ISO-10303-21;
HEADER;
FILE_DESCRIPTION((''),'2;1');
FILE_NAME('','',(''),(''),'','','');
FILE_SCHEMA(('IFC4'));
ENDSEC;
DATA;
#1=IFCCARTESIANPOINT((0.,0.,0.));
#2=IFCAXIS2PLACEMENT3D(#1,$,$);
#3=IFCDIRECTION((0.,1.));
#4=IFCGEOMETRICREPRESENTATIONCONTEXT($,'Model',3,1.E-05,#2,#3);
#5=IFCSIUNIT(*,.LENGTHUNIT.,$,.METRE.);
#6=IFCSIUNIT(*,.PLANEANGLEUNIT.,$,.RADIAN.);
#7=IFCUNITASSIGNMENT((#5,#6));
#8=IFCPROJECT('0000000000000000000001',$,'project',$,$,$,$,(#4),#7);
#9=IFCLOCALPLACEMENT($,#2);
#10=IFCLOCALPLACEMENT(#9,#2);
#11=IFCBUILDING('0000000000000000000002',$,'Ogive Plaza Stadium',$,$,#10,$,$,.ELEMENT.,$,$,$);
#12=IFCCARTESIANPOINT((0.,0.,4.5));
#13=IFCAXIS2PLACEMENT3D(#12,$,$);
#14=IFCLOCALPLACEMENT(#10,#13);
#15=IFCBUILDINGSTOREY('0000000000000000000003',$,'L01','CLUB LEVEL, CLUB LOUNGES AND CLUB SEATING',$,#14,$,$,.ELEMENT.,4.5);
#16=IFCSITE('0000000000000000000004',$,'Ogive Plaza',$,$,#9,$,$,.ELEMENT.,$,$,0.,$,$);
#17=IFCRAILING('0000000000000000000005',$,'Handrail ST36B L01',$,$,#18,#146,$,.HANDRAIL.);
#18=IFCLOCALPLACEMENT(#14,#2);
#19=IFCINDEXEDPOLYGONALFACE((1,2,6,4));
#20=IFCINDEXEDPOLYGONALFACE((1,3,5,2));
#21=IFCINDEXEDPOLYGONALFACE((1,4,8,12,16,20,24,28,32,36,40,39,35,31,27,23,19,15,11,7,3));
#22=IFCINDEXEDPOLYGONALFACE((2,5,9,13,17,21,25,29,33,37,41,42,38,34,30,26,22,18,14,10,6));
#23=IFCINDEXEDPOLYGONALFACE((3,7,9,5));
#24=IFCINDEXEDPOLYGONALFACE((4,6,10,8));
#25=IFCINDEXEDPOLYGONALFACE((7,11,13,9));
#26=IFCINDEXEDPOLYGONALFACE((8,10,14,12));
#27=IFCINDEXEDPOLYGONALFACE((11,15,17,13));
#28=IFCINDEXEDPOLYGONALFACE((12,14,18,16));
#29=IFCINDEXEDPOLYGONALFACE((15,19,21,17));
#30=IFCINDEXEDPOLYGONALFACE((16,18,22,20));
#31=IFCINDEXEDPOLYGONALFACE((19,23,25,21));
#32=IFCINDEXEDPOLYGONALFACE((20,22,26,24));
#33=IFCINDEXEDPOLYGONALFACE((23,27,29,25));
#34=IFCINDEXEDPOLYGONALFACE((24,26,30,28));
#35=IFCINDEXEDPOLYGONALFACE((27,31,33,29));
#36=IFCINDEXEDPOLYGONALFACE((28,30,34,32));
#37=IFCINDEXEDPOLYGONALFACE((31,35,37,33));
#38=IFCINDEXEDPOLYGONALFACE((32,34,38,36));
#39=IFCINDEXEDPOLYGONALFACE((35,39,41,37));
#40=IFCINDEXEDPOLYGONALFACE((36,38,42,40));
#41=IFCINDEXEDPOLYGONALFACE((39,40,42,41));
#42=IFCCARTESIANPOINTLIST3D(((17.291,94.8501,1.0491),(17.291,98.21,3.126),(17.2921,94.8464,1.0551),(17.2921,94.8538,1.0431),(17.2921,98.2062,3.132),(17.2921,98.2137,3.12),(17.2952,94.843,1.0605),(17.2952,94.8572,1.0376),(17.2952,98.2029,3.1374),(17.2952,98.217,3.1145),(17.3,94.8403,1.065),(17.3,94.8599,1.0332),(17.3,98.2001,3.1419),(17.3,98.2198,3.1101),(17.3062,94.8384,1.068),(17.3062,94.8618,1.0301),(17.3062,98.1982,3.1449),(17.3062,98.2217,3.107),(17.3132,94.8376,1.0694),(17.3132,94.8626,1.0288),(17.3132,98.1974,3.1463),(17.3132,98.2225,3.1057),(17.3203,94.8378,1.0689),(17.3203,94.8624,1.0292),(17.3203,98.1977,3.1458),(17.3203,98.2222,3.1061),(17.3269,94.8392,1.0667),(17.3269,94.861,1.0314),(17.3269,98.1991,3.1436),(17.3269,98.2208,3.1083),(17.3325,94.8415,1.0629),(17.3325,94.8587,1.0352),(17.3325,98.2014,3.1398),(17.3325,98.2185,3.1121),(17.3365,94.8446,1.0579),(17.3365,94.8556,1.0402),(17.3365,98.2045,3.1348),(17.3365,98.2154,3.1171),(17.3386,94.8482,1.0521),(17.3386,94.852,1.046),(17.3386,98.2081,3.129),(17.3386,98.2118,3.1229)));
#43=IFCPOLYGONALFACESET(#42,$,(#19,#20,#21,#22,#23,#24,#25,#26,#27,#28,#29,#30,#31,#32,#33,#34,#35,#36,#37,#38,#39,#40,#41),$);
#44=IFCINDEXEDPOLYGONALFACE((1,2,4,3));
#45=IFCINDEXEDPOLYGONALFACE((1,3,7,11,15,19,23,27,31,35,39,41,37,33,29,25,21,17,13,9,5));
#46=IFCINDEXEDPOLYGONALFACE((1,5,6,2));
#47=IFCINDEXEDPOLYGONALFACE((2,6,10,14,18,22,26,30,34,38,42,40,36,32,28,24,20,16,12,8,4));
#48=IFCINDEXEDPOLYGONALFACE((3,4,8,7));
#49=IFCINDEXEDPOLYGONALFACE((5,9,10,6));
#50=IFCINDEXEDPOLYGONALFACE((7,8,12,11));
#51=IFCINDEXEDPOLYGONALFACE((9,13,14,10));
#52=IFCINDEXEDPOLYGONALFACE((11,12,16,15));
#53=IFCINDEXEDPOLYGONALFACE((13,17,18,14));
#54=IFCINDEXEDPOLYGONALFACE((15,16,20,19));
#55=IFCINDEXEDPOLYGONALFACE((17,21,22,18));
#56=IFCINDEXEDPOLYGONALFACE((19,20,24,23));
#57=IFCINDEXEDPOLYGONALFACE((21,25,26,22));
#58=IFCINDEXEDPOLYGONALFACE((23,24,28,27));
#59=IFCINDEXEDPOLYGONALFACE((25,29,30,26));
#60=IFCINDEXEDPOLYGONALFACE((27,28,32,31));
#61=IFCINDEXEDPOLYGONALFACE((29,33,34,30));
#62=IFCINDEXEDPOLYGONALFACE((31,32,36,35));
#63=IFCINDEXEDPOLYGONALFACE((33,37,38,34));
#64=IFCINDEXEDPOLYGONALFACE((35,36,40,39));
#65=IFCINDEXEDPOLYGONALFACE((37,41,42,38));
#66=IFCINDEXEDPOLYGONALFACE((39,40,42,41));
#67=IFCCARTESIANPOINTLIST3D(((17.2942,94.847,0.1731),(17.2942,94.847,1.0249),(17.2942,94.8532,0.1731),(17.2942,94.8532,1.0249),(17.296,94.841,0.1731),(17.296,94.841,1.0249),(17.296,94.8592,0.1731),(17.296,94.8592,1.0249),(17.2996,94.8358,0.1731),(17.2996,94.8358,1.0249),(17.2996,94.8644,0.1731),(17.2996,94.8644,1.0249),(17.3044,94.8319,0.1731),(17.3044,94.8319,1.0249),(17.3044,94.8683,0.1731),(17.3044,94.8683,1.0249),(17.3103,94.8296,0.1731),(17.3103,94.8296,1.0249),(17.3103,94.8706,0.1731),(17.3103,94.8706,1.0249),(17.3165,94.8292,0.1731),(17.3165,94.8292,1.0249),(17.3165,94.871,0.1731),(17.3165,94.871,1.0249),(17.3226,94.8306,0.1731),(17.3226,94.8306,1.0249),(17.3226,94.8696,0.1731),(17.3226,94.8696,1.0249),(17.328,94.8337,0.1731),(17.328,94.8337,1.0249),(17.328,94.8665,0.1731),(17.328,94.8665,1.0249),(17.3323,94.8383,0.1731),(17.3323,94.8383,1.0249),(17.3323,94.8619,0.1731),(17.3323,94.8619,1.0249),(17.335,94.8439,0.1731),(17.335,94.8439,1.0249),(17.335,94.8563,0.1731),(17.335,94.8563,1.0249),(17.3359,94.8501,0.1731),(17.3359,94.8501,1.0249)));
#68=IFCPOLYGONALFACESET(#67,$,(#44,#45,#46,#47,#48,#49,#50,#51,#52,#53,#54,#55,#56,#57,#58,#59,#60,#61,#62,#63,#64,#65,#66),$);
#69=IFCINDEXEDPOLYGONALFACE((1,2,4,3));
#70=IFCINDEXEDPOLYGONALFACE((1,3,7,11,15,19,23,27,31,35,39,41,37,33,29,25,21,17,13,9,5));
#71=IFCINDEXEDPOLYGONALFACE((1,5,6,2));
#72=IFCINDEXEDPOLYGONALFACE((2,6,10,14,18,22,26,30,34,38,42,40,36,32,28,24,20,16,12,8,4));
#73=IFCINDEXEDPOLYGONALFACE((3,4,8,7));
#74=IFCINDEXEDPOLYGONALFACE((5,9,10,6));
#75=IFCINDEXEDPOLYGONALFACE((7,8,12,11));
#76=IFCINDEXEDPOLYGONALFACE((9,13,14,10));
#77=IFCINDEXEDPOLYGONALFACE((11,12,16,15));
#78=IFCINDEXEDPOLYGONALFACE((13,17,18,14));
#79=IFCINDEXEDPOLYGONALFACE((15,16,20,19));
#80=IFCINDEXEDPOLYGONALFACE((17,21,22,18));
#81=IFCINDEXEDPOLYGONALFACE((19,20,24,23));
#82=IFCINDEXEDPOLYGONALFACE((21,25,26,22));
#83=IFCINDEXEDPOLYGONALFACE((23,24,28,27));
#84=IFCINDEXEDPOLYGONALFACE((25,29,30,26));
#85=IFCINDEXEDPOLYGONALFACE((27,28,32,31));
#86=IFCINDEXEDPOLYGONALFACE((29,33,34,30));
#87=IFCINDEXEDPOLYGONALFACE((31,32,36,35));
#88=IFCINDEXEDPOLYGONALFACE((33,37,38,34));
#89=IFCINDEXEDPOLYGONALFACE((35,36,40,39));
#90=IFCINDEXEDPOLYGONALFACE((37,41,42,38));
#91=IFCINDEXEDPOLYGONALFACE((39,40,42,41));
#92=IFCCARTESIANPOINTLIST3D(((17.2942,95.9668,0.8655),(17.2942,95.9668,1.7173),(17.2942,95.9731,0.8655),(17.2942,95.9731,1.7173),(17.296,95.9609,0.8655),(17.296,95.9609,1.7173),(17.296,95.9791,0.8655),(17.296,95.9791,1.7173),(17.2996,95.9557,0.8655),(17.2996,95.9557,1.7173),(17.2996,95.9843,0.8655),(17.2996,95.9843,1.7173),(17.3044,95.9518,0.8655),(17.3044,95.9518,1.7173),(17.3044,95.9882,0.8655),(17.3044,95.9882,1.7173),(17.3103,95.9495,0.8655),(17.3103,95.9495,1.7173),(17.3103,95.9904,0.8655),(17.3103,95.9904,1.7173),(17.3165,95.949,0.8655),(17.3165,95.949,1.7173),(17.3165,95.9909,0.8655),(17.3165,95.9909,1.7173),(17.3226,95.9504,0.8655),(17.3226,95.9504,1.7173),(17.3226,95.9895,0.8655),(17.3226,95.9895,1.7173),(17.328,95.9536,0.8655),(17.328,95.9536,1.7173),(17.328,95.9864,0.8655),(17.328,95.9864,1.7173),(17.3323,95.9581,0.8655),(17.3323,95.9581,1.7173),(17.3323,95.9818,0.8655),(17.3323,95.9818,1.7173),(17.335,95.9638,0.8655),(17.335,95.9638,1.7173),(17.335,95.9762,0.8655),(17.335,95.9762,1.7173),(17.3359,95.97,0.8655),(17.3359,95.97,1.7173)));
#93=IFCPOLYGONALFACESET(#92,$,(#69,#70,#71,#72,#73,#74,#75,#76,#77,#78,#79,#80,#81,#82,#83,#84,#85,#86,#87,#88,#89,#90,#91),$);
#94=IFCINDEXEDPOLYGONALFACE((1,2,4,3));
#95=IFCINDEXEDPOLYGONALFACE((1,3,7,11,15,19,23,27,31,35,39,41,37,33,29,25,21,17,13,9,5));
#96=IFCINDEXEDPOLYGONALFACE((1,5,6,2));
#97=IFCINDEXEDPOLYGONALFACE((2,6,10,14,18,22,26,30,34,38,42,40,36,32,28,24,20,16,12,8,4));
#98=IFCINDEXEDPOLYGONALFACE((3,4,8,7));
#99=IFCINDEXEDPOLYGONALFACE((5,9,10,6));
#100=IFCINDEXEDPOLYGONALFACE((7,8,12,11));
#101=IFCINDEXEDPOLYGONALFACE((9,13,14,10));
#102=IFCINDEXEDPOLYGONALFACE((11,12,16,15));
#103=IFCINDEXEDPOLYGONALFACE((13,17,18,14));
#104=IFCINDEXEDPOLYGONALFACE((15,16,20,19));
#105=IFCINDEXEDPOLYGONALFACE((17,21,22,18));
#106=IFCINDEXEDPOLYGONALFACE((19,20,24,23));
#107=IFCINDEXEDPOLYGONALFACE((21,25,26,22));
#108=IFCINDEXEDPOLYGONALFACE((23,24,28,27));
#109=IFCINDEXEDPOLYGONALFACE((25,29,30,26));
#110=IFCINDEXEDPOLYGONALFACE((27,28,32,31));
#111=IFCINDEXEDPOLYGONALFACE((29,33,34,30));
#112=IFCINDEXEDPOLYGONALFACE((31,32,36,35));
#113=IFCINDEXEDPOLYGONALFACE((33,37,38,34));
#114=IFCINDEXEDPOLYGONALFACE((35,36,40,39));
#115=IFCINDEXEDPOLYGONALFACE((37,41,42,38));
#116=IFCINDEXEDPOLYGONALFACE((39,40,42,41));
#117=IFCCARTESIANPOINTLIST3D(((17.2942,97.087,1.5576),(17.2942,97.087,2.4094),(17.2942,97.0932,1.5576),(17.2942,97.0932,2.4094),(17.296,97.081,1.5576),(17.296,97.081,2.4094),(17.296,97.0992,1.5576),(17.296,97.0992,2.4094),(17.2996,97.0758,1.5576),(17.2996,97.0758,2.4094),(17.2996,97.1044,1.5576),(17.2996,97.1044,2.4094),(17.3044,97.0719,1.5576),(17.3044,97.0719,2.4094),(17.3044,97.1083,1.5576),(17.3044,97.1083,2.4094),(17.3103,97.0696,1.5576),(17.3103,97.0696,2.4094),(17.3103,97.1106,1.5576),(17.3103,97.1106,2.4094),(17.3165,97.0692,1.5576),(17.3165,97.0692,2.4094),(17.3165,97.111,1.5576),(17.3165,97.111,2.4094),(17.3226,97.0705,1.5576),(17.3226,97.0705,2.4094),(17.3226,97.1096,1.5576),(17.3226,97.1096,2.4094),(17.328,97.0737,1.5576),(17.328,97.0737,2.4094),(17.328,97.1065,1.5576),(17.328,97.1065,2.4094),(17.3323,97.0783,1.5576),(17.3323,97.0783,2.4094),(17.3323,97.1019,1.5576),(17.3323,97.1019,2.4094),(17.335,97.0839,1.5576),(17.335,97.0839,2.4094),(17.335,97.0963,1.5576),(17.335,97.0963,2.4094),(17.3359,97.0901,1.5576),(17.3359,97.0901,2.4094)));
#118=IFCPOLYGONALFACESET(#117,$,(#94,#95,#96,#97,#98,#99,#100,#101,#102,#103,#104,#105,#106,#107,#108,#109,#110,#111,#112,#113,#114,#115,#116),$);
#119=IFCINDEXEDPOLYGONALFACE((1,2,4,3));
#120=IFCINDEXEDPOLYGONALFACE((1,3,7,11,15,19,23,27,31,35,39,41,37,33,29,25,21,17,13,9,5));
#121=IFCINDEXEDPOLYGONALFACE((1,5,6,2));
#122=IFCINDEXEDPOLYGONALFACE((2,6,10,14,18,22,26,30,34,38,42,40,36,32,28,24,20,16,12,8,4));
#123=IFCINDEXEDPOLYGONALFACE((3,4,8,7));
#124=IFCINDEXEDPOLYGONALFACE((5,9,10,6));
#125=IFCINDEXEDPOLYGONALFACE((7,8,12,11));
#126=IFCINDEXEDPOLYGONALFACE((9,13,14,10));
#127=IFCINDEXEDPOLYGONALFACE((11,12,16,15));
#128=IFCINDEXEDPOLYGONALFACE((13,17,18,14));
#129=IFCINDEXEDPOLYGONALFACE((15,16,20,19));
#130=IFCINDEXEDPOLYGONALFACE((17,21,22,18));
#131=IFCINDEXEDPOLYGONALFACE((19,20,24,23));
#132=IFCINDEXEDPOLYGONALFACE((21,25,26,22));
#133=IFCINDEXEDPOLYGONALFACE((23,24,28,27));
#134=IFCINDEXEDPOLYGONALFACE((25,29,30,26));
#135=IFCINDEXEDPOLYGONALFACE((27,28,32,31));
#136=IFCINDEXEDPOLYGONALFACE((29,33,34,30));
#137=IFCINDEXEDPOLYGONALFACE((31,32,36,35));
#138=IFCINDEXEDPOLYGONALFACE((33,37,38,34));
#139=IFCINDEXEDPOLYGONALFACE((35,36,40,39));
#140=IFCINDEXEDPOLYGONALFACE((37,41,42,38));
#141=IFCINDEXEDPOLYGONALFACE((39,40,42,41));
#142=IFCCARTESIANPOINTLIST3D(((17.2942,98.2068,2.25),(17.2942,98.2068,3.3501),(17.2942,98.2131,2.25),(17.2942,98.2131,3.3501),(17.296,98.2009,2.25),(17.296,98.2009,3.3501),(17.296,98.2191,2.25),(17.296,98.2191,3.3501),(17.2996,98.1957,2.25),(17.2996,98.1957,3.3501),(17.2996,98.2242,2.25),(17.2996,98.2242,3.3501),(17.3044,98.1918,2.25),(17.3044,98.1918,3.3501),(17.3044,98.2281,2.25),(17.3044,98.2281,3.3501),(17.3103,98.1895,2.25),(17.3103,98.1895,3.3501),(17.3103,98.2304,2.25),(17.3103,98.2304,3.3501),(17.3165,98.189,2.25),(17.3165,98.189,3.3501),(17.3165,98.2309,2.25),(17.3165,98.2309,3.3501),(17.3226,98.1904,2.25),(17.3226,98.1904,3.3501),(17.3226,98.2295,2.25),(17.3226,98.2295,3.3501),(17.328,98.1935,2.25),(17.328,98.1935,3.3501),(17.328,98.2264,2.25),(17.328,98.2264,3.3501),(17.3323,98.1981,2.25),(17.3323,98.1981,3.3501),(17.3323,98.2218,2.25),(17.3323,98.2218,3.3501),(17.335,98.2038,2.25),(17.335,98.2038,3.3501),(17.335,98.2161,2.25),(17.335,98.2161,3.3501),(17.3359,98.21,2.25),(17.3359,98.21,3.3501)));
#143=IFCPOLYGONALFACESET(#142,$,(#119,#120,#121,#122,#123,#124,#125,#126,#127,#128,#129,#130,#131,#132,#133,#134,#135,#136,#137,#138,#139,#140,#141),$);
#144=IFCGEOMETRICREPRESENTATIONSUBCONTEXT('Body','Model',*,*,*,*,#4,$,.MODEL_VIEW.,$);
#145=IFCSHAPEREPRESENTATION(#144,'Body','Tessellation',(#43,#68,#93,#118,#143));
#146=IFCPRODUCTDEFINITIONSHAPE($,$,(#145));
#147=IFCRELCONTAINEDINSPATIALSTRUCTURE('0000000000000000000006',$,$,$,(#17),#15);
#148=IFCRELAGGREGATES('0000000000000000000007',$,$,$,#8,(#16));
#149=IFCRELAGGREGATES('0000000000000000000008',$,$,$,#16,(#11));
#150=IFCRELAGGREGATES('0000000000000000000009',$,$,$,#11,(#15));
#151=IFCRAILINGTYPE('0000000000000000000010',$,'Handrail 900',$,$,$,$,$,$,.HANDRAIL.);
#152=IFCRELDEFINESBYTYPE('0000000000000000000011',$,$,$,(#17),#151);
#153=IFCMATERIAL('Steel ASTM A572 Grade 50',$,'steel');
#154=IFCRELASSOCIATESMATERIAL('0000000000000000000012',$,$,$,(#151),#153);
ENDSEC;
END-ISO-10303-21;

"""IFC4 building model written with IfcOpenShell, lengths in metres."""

from ifc_helpers import new_model, si_unit, direction, frame, origin, origin_2d, place, context, subcontext, project, spatial, circle, extrude, material, type_object, element, save


model = new_model("IFC4")

# Units and contexts
model_context = context("Model", 3, precision=1e-05, world=origin(), true_north=direction((0.0, 1.0)))
body_context = subcontext(model_context, "Body", "Model", "MODEL_VIEW")
ifc_project = project(units=[si_unit("LENGTHUNIT", "METRE"), si_unit("PLANEANGLEUNIT", "RADIAN")], contexts=[model_context])

# Site, building, storey
site_placement = place(None, origin())
site = spatial("IfcSite", under=ifc_project, at=site_placement, Name="Ogive Plaza", CompositionType="ELEMENT", RefElevation=0.0)
building_placement = place(site_placement, origin())
building = spatial("IfcBuilding", under=site, at=building_placement, Name="Ogive Plaza Stadium", CompositionType="ELEMENT")
storey_placement = place(building_placement, frame((0.0, 0.0, 4.5)))
storey = spatial("IfcBuildingStorey", under=building, at=storey_placement, Name="L01", Description="CLUB LEVEL, CLUB LOUNGES AND CLUB SEATING", CompositionType="ELEMENT", Elevation=4.5)

# Railing
ifc_material_1 = material(Name="Steel ASTM A572 Grade 50", Category="steel")
railing_type_1 = type_object("IfcRailingType", Name="Handrail 900", PredefinedType="HANDRAIL", material=ifc_material_1)
for number, where, name in (
    (1, (17.3149, 94.8501, 0.1731), "Handrail ST36B L01"),
):
    element("IfcRailing", number, at=place(storey_placement, frame(where)), inside=storey, type_object=railing_type_1, Name=name, PredefinedType="HANDRAIL", context=body_context, shape_type="SweptSolid", body=[
        extrude(circle(Radius=0.0239, at=origin_2d()), frame((0.0, 0.0, 0.876), z_axis=(0.0, 0.850606, 0.525803), x_axis=(-1.0, 0.0, 0.0)), (0.0, 0.0, 1.0), 3.95),
        extrude(circle(Radius=0.021, at=origin_2d()), origin(), (0.0, 0.0, 1.0), 0.8518),
        extrude(circle(Radius=0.021, at=origin_2d()), frame((0.0, 1.1199, 0.6924)), (0.0, 0.0, 1.0), 0.8518),
        extrude(circle(Radius=0.021, at=origin_2d()), frame((0.0, 2.24, 1.3845)), (0.0, 0.0, 1.0), 0.8518),
        extrude(circle(Radius=0.021, at=origin_2d()), frame((0.0, 3.3599, 2.0769)), (0.0, 0.0, 1.0), 1.1001),
    ])

save(model, "model.ifc")
